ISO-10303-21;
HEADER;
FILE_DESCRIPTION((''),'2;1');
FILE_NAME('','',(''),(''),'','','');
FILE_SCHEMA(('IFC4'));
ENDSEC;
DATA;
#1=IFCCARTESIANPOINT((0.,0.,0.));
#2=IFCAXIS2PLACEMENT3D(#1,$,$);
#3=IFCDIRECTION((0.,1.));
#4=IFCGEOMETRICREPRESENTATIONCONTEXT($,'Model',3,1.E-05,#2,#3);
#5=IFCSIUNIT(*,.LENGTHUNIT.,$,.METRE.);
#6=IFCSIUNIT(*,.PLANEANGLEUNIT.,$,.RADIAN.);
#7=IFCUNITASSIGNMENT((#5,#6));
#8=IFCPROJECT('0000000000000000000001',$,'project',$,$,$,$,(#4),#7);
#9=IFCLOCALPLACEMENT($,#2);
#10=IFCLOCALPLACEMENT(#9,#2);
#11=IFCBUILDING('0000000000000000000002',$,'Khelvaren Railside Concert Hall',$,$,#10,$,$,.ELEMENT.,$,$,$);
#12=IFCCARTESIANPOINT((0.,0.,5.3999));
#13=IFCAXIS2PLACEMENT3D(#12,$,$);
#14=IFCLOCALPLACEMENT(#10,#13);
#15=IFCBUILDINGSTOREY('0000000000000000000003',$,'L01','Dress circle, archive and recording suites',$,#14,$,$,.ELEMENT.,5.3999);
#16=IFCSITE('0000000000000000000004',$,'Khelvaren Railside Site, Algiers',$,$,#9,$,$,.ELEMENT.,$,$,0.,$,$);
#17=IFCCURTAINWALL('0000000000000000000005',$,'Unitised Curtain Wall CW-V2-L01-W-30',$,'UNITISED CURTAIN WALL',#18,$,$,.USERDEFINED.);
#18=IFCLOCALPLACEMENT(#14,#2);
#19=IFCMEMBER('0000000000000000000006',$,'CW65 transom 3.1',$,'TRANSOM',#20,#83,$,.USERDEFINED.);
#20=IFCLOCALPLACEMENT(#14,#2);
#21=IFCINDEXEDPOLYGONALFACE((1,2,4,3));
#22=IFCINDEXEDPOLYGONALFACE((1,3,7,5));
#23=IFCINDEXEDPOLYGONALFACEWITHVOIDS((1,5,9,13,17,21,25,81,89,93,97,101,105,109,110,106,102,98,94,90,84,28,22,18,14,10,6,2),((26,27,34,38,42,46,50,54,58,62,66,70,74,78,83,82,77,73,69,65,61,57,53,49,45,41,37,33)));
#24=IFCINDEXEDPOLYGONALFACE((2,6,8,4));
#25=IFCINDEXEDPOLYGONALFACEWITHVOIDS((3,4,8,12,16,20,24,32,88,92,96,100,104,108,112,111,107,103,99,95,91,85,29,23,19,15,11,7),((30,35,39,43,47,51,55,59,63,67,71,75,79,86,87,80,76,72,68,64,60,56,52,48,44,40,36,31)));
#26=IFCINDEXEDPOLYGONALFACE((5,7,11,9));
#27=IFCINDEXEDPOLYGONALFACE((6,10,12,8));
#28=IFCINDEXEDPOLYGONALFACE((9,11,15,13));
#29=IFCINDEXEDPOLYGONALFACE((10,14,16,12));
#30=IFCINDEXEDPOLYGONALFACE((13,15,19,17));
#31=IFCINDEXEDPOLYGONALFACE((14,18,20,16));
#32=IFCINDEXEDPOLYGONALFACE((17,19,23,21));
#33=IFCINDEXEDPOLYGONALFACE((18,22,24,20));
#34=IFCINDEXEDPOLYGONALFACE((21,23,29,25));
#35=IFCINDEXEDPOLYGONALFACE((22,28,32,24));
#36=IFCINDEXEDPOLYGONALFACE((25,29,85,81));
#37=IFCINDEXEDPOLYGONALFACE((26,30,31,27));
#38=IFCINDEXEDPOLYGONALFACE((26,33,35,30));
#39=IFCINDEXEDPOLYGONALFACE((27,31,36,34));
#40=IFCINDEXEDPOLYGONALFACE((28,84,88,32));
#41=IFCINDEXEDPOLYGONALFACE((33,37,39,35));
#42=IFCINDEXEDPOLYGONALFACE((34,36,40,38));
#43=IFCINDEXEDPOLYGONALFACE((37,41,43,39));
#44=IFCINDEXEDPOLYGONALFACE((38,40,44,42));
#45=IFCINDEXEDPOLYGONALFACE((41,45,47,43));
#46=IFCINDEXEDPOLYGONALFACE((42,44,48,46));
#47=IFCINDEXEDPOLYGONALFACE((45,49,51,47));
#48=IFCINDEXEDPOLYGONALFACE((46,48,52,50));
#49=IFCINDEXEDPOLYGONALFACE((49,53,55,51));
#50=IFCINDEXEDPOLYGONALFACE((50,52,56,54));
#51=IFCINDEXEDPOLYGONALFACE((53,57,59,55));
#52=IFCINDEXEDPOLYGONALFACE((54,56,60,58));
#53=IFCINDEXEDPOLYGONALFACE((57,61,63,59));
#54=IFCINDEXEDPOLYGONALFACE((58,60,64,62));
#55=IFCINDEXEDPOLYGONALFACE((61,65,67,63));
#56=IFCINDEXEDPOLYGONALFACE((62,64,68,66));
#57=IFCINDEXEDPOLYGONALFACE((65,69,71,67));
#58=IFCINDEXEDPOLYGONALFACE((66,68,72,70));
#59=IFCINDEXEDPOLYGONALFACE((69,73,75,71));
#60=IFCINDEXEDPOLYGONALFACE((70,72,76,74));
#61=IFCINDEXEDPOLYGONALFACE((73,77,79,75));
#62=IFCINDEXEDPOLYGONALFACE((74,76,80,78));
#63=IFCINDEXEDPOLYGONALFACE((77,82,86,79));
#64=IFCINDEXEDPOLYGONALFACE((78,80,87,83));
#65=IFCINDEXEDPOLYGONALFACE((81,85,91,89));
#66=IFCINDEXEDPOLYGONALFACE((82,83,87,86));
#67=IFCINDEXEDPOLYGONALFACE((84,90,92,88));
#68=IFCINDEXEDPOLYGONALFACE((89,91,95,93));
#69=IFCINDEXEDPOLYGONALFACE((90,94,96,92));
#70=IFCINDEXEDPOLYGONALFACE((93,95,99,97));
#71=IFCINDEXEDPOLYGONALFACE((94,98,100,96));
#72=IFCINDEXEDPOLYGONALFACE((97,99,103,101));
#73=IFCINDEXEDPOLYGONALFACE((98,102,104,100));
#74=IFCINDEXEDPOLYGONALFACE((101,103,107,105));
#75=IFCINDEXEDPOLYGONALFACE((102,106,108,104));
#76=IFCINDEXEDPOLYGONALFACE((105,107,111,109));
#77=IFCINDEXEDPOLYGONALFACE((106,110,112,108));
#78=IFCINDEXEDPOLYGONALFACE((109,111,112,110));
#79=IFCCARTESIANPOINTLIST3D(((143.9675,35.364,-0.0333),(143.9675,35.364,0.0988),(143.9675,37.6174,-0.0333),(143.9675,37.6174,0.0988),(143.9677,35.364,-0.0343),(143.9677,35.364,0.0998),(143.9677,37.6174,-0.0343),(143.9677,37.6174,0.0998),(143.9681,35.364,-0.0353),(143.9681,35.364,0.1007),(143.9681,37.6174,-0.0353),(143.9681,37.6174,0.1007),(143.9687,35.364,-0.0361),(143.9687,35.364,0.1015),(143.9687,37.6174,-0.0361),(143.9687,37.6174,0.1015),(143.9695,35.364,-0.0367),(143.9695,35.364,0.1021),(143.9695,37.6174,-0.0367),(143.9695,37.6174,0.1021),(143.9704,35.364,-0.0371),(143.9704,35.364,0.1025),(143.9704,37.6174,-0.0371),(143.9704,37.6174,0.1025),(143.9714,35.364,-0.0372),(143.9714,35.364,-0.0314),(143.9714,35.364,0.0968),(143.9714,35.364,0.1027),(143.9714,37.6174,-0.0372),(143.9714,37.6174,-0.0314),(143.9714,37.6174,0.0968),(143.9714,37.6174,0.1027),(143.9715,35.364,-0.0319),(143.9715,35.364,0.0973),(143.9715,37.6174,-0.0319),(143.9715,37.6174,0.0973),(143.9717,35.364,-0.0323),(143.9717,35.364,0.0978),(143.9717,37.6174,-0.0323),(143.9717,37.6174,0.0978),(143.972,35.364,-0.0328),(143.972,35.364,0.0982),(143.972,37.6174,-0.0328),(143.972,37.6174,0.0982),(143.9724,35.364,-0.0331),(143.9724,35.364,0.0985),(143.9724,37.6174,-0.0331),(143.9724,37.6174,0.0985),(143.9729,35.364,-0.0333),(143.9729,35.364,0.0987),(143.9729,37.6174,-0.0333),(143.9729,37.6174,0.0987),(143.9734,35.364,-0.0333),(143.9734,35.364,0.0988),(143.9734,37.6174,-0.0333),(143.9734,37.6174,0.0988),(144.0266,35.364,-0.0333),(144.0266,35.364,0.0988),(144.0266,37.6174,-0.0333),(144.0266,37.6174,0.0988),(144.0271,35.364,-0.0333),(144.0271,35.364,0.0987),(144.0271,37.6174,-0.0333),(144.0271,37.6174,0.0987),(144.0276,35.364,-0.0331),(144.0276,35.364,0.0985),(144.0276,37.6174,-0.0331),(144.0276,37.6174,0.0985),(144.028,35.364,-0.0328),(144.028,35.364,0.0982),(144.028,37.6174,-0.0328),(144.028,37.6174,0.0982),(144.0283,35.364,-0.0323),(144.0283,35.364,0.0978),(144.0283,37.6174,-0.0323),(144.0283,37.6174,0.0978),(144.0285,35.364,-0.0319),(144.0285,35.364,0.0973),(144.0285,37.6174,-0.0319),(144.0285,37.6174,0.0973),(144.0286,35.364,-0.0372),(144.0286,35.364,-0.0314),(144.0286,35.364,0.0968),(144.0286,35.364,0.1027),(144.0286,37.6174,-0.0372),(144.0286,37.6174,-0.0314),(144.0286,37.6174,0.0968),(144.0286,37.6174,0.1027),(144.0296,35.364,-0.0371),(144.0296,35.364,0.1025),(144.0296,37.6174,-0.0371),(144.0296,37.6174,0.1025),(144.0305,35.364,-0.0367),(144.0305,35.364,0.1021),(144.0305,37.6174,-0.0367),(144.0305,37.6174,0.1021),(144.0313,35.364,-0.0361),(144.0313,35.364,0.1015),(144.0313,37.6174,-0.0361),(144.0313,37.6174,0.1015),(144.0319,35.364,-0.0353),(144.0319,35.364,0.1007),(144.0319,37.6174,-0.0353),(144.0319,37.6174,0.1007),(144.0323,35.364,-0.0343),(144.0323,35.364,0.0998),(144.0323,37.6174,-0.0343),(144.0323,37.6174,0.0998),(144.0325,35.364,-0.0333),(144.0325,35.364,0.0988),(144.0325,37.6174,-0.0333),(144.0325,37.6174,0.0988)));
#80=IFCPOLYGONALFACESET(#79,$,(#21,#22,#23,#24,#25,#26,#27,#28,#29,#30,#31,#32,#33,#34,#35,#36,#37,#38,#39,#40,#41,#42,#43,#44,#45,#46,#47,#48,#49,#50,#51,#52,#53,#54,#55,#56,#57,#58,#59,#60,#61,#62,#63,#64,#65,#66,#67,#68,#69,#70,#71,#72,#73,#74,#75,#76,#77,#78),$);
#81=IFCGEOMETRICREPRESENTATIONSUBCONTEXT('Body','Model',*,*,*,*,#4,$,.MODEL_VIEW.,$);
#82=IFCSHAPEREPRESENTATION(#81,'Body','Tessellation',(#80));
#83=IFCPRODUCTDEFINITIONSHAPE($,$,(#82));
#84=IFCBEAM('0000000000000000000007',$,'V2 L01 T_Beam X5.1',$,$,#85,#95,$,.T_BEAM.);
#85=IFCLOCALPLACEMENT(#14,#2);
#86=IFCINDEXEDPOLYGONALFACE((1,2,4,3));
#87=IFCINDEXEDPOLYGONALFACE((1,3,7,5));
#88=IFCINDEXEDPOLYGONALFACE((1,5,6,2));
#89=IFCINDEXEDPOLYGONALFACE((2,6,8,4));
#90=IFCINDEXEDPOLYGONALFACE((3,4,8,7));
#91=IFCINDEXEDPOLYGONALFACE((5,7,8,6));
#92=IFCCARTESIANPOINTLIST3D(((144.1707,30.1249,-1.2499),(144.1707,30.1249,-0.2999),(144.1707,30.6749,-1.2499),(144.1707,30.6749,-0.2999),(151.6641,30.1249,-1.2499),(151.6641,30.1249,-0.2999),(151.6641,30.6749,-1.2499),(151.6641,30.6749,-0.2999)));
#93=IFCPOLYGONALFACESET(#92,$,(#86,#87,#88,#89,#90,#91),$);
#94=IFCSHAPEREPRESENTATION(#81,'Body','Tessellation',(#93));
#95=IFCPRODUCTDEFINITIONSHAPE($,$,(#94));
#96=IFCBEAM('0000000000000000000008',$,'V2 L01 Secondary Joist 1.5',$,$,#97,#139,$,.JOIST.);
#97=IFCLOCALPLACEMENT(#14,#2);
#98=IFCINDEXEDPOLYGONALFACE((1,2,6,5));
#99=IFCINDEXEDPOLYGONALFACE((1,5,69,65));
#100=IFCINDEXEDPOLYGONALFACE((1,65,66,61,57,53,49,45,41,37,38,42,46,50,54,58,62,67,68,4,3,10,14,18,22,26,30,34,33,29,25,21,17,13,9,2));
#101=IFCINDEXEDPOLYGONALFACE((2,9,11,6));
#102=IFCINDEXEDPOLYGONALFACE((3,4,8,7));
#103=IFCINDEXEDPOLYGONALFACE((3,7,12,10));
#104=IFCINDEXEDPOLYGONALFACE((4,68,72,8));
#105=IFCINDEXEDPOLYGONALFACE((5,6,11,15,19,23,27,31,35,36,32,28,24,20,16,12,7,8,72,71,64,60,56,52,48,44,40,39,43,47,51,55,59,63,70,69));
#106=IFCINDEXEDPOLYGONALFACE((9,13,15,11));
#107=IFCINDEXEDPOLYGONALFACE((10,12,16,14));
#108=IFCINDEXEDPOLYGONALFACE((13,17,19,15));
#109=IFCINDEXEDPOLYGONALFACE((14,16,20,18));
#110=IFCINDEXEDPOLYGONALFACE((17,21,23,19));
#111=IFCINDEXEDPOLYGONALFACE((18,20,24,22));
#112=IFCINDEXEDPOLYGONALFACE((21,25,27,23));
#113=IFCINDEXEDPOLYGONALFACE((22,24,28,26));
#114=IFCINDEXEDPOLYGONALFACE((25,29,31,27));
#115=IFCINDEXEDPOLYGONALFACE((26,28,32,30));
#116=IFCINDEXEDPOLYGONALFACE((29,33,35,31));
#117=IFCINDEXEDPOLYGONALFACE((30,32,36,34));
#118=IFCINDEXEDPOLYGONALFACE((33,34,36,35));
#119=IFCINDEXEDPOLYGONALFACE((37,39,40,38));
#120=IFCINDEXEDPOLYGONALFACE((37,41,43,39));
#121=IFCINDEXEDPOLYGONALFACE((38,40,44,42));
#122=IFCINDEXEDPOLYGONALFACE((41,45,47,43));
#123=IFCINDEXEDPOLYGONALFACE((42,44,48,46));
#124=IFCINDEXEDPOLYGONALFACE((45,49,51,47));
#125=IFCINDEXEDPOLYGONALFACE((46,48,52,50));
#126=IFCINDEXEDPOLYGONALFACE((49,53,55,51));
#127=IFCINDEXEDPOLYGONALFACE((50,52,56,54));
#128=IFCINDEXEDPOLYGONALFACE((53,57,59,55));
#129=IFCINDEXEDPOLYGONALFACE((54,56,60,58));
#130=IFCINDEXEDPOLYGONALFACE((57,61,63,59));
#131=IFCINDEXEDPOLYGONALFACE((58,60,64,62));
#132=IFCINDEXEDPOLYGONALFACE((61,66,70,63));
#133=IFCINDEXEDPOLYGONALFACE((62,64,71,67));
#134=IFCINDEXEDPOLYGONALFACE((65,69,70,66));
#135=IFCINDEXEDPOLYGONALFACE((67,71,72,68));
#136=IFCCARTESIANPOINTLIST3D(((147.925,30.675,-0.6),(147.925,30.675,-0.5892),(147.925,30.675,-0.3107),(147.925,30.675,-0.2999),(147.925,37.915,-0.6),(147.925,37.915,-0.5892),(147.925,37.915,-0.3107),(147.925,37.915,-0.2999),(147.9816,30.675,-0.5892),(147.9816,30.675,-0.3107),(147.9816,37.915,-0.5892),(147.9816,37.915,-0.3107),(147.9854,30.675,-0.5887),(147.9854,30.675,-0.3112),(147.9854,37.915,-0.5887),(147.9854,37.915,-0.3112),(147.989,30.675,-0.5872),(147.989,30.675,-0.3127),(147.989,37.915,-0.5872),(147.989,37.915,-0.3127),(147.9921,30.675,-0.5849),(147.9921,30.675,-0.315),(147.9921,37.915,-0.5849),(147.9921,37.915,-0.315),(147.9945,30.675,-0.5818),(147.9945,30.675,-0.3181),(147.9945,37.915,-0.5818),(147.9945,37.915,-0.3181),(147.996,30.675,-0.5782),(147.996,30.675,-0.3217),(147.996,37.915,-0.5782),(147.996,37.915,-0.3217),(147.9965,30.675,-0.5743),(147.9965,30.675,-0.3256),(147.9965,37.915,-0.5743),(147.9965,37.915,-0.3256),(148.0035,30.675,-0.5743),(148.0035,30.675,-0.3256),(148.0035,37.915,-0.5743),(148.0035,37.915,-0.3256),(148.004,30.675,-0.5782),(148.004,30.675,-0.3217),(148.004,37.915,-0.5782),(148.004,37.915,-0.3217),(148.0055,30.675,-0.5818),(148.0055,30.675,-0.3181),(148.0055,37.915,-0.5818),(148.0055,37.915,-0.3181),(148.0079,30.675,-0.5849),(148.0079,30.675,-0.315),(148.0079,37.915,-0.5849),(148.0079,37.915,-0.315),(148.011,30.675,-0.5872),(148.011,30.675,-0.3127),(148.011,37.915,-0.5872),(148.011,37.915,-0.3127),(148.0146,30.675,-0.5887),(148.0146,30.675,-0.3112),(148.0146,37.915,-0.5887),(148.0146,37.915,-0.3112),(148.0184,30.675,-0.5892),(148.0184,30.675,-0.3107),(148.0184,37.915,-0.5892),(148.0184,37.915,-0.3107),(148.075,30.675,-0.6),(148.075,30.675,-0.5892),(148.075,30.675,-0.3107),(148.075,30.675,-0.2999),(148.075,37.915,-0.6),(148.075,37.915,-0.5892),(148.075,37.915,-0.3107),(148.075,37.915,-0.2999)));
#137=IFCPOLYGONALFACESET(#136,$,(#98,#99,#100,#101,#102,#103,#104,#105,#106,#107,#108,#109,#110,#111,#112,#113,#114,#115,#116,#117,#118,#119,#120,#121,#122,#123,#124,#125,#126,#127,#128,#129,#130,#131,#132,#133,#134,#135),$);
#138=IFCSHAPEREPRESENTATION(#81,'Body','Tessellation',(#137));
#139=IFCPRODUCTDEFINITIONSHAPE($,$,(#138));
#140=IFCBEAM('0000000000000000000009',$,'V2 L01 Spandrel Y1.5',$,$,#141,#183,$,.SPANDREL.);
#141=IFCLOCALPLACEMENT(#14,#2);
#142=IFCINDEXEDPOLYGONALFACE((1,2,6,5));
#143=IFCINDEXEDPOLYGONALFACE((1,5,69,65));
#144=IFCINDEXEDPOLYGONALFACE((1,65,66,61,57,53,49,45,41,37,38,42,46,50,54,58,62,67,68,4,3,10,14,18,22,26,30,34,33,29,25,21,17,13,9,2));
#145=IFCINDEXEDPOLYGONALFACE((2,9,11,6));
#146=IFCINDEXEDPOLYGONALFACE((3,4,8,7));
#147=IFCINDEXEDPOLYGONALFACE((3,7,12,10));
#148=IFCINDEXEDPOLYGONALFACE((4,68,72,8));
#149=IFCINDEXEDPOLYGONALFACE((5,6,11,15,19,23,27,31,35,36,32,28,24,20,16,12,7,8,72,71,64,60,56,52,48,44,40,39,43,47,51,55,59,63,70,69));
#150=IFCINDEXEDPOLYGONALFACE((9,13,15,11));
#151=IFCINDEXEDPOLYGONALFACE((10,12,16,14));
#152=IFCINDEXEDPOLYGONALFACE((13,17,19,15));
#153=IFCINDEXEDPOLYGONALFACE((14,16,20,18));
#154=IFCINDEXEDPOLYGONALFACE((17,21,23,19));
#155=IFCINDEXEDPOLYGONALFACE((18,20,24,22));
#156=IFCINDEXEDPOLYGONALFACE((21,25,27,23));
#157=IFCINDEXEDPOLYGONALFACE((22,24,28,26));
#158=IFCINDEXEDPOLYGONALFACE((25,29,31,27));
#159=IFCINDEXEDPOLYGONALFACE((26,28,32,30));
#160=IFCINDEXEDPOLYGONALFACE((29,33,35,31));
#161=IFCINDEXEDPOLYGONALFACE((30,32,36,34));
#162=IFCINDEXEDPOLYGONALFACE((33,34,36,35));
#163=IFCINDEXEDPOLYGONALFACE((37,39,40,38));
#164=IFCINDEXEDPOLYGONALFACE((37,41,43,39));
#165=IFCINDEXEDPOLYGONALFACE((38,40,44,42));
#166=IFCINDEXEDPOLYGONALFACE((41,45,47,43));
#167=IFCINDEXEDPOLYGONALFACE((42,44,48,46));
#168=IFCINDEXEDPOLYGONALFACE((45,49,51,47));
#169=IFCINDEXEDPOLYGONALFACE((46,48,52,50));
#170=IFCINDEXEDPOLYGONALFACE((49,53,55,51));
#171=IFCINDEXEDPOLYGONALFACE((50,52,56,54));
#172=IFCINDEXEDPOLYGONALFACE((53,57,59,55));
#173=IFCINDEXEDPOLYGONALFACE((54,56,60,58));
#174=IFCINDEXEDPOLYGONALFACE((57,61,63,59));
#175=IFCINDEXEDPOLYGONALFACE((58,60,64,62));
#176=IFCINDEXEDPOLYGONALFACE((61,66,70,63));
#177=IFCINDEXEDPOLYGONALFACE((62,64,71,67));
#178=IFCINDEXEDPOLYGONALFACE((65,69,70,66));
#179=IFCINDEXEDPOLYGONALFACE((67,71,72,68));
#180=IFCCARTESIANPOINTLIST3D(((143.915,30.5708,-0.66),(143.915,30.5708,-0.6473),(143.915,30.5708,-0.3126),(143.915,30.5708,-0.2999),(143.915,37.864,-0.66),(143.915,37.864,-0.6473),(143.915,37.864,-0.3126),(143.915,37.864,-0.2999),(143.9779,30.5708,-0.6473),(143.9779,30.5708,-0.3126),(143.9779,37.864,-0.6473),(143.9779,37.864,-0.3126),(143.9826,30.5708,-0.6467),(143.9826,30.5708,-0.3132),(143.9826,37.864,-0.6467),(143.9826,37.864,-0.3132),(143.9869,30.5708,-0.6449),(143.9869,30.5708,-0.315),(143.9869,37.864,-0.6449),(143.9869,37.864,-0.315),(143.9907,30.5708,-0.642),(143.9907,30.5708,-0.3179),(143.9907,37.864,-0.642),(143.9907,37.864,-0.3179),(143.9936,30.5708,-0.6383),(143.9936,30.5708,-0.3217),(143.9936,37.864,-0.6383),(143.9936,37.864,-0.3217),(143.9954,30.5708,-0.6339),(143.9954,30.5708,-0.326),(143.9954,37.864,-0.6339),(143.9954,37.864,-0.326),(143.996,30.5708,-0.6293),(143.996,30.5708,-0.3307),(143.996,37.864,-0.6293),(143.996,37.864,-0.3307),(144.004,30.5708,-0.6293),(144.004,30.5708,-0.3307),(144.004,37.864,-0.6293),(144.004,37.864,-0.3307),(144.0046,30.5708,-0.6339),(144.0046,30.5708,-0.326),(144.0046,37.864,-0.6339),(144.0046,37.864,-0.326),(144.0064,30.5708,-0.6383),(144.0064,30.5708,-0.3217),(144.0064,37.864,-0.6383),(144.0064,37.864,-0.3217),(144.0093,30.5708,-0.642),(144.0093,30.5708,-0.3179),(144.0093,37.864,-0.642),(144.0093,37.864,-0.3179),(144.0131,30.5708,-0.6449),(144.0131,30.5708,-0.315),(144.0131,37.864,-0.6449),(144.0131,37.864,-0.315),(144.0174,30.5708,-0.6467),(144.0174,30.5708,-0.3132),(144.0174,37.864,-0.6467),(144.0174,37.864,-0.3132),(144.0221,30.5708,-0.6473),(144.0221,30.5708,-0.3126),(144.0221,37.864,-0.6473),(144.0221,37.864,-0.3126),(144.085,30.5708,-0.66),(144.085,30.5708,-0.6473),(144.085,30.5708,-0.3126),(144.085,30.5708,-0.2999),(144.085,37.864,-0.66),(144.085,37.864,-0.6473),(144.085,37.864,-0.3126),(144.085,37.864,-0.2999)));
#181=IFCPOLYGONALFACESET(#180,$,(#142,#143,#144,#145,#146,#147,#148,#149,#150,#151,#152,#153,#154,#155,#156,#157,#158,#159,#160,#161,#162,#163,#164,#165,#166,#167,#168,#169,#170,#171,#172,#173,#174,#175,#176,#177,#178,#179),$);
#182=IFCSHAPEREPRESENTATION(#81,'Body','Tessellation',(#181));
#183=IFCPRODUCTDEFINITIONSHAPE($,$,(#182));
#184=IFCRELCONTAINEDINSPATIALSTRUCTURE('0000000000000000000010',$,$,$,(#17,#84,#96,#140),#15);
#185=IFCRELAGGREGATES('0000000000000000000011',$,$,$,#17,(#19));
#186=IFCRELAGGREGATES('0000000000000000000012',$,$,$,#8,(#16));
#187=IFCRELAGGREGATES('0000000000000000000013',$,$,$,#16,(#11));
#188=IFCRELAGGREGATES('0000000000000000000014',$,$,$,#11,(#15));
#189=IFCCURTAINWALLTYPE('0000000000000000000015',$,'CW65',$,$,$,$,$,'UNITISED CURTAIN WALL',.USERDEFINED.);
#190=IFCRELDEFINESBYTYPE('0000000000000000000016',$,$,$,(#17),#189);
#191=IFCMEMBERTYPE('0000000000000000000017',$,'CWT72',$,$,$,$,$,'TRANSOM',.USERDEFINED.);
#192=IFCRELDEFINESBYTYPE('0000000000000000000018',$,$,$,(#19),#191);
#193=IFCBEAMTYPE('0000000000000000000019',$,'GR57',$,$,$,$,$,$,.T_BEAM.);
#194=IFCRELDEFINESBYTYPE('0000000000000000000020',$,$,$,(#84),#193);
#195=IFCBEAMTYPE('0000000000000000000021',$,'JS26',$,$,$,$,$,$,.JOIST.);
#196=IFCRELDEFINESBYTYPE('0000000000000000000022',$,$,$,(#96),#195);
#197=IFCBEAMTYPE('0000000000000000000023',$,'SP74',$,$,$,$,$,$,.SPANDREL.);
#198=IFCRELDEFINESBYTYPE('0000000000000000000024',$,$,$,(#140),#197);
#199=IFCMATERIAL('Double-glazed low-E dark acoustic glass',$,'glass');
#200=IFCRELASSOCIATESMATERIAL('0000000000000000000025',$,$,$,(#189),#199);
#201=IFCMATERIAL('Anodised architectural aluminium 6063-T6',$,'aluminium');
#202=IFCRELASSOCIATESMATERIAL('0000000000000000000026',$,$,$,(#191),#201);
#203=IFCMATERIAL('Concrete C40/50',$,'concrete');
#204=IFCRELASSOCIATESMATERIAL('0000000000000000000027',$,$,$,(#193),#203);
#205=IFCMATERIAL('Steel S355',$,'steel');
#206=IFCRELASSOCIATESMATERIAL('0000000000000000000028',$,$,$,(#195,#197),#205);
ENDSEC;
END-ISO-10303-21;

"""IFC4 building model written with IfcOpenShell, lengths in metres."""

from ifc_helpers import new_model, si_unit, direction, frame, origin, origin_2d, place, context, subcontext, project, spatial, rectangle, hollow_rectangle, i_section, extrude, material, material_profile, profile_set, type_object, element, aggregate, save


model = new_model("IFC4")

# Units and contexts
model_context = context("Model", 3, precision=1e-05, world=origin(), true_north=direction((0.0, 1.0)))
body_context = subcontext(model_context, "Body", "Model", "MODEL_VIEW")
ifc_project = project(units=[si_unit("LENGTHUNIT", "METRE"), si_unit("PLANEANGLEUNIT", "RADIAN")], contexts=[model_context])

# Site, building, storey
site_placement = place(None, origin())
site = spatial("IfcSite", under=ifc_project, at=site_placement, Name="Khelvaren Railside Site, Algiers", CompositionType="ELEMENT", RefElevation=0.0)
building_placement = place(site_placement, origin())
building = spatial("IfcBuilding", under=site, at=building_placement, Name="Khelvaren Railside Concert Hall", CompositionType="ELEMENT")
storey_placement = place(building_placement, frame((0.0, 0.0, 5.3999)))
storey = spatial("IfcBuildingStorey", under=building, at=storey_placement, Name="L01", Description="Dress circle, archive and recording suites", CompositionType="ELEMENT", Elevation=5.3999)

# Shared definitions
ifc_material_1 = material(Name="Steel S355", Category="steel")

# Shared definitions
ifc_material_2 = material(Name="Anodised architectural aluminium 6063-T6", Category="aluminium")

# Curtain wall, member
ifc_material_3 = material(Name="Double-glazed low-E dark acoustic glass", Category="glass")
curtain_wall_type_1 = type_object("IfcCurtainWallType", Name="CW65", ElementType="UNITISED CURTAIN WALL", PredefinedType="USERDEFINED", material=ifc_material_3)
curtain_wall_1_placement = place(storey_placement, origin())
curtain_wall_1 = element("IfcCurtainWall", 1, at=curtain_wall_1_placement, inside=storey, type_object=curtain_wall_type_1, Name="Unitised Curtain Wall CW-V2-L01-W-30", ObjectType="UNITISED CURTAIN WALL", PredefinedType="USERDEFINED")
ifc_material_profile_1 = material_profile(ifc_material_2, hollow_rectangle(XDim=0.0649, YDim=0.1399, WallThickness=0.0039, InnerFilletRadius=0.002, OuterFilletRadius=0.0039, at=origin_2d()), Name="CWT 65x140x4")
ifc_profile_set_1 = profile_set([ifc_material_profile_1], Name="Anodised architectural aluminium 6063-T6")
member_type_1 = type_object("IfcMemberType", Name="CWT72", ElementType="TRANSOM", PredefinedType="USERDEFINED", material=ifc_profile_set_1)
member_1_placement = place(storey_placement, frame((144.0, 35.364, 0.0327), z_axis=(0.0, 1.0, 0.0), x_axis=(-1.0, 0.0, 0.0)))
member_1 = element("IfcMember", 2, at=member_1_placement, type_object=member_type_1, Name="CW65 transom 3.1", ObjectType="TRANSOM", PredefinedType="USERDEFINED", context=body_context, shape_type="SweptSolid", body=[
    extrude(hollow_rectangle(XDim=0.0649, YDim=0.1399, WallThickness=0.0039, InnerFilletRadius=0.002, OuterFilletRadius=0.0039, at=origin_2d()), origin(), (0.0, 0.0, 1.0), 2.2534),
])

# Beams
ifc_material_4 = material(Name="Concrete C40/50", Category="concrete")
ifc_material_profile_2 = material_profile(ifc_material_4, rectangle(XDim=0.55, YDim=0.95, at=origin_2d()), Name="RCB 550x950")
ifc_profile_set_2 = profile_set([ifc_material_profile_2], Name="Concrete C40/50")
beam_type_1 = type_object("IfcBeamType", Name="GR57", PredefinedType="T_BEAM", material=ifc_profile_set_2)
beam_1_placement = place(storey_placement, frame((144.1707, 30.3999, -0.7749), z_axis=(1.0, 0.0, 0.0), x_axis=(0.0, 1.0, 0.0)))
element("IfcBeam", 3, at=beam_1_placement, inside=storey, type_object=beam_type_1, Name="V2 L01 T_Beam X5.1", PredefinedType="T_BEAM", context=body_context, shape_type="SweptSolid", body=[
    extrude(rectangle(XDim=0.55, YDim=0.95, at=origin_2d()), origin(), (0.0, 0.0, 1.0), 7.4934),
])
ifc_material_profile_3 = material_profile(ifc_material_1, i_section(OverallWidth=0.1499, OverallDepth=0.3, WebThickness=0.0071, FlangeThickness=0.0107, FilletRadius=0.0149, at=origin_2d()), Name="IPE 300")
ifc_profile_set_3 = profile_set([ifc_material_profile_3], Name="Steel S355")
beam_type_2 = type_object("IfcBeamType", Name="JS26", PredefinedType="JOIST", material=ifc_profile_set_3)
beam_2_placement = place(storey_placement, frame((148.0, 30.675, -0.45), z_axis=(0.0, 1.0, 0.0), x_axis=(-1.0, 0.0, 0.0)))
element("IfcBeam", 4, at=beam_2_placement, inside=storey, type_object=beam_type_2, Name="V2 L01 Secondary Joist 1.5", PredefinedType="JOIST", context=body_context, shape_type="SweptSolid", body=[
    extrude(i_section(OverallWidth=0.1499, OverallDepth=0.3, WebThickness=0.0071, FlangeThickness=0.0107, FilletRadius=0.0149, at=origin_2d()), origin(), (0.0, 0.0, 1.0), 7.24),
])
ifc_material_profile_4 = material_profile(ifc_material_1, i_section(OverallWidth=0.1699, OverallDepth=0.3601, WebThickness=0.0081, FlangeThickness=0.0127, FilletRadius=0.0181, at=origin_2d()), Name="IPE 360")
ifc_profile_set_4 = profile_set([ifc_material_profile_4], Name="Steel S355")
beam_type_3 = type_object("IfcBeamType", Name="SP74", PredefinedType="SPANDREL", material=ifc_profile_set_4)
beam_3_placement = place(storey_placement, frame((144.0, 30.5708, -0.48), z_axis=(0.0, 1.0, 0.0), x_axis=(-1.0, 0.0, 0.0)))
element("IfcBeam", 5, at=beam_3_placement, inside=storey, type_object=beam_type_3, Name="V2 L01 Spandrel Y1.5", PredefinedType="SPANDREL", context=body_context, shape_type="SweptSolid", body=[
    extrude(i_section(OverallWidth=0.1699, OverallDepth=0.3601, WebThickness=0.0081, FlangeThickness=0.0127, FilletRadius=0.0181, at=origin_2d()), origin(), (0.0, 0.0, 1.0), 7.2932),
])

aggregate(curtain_wall_1, [member_1])

save(model, "model.ifc")
